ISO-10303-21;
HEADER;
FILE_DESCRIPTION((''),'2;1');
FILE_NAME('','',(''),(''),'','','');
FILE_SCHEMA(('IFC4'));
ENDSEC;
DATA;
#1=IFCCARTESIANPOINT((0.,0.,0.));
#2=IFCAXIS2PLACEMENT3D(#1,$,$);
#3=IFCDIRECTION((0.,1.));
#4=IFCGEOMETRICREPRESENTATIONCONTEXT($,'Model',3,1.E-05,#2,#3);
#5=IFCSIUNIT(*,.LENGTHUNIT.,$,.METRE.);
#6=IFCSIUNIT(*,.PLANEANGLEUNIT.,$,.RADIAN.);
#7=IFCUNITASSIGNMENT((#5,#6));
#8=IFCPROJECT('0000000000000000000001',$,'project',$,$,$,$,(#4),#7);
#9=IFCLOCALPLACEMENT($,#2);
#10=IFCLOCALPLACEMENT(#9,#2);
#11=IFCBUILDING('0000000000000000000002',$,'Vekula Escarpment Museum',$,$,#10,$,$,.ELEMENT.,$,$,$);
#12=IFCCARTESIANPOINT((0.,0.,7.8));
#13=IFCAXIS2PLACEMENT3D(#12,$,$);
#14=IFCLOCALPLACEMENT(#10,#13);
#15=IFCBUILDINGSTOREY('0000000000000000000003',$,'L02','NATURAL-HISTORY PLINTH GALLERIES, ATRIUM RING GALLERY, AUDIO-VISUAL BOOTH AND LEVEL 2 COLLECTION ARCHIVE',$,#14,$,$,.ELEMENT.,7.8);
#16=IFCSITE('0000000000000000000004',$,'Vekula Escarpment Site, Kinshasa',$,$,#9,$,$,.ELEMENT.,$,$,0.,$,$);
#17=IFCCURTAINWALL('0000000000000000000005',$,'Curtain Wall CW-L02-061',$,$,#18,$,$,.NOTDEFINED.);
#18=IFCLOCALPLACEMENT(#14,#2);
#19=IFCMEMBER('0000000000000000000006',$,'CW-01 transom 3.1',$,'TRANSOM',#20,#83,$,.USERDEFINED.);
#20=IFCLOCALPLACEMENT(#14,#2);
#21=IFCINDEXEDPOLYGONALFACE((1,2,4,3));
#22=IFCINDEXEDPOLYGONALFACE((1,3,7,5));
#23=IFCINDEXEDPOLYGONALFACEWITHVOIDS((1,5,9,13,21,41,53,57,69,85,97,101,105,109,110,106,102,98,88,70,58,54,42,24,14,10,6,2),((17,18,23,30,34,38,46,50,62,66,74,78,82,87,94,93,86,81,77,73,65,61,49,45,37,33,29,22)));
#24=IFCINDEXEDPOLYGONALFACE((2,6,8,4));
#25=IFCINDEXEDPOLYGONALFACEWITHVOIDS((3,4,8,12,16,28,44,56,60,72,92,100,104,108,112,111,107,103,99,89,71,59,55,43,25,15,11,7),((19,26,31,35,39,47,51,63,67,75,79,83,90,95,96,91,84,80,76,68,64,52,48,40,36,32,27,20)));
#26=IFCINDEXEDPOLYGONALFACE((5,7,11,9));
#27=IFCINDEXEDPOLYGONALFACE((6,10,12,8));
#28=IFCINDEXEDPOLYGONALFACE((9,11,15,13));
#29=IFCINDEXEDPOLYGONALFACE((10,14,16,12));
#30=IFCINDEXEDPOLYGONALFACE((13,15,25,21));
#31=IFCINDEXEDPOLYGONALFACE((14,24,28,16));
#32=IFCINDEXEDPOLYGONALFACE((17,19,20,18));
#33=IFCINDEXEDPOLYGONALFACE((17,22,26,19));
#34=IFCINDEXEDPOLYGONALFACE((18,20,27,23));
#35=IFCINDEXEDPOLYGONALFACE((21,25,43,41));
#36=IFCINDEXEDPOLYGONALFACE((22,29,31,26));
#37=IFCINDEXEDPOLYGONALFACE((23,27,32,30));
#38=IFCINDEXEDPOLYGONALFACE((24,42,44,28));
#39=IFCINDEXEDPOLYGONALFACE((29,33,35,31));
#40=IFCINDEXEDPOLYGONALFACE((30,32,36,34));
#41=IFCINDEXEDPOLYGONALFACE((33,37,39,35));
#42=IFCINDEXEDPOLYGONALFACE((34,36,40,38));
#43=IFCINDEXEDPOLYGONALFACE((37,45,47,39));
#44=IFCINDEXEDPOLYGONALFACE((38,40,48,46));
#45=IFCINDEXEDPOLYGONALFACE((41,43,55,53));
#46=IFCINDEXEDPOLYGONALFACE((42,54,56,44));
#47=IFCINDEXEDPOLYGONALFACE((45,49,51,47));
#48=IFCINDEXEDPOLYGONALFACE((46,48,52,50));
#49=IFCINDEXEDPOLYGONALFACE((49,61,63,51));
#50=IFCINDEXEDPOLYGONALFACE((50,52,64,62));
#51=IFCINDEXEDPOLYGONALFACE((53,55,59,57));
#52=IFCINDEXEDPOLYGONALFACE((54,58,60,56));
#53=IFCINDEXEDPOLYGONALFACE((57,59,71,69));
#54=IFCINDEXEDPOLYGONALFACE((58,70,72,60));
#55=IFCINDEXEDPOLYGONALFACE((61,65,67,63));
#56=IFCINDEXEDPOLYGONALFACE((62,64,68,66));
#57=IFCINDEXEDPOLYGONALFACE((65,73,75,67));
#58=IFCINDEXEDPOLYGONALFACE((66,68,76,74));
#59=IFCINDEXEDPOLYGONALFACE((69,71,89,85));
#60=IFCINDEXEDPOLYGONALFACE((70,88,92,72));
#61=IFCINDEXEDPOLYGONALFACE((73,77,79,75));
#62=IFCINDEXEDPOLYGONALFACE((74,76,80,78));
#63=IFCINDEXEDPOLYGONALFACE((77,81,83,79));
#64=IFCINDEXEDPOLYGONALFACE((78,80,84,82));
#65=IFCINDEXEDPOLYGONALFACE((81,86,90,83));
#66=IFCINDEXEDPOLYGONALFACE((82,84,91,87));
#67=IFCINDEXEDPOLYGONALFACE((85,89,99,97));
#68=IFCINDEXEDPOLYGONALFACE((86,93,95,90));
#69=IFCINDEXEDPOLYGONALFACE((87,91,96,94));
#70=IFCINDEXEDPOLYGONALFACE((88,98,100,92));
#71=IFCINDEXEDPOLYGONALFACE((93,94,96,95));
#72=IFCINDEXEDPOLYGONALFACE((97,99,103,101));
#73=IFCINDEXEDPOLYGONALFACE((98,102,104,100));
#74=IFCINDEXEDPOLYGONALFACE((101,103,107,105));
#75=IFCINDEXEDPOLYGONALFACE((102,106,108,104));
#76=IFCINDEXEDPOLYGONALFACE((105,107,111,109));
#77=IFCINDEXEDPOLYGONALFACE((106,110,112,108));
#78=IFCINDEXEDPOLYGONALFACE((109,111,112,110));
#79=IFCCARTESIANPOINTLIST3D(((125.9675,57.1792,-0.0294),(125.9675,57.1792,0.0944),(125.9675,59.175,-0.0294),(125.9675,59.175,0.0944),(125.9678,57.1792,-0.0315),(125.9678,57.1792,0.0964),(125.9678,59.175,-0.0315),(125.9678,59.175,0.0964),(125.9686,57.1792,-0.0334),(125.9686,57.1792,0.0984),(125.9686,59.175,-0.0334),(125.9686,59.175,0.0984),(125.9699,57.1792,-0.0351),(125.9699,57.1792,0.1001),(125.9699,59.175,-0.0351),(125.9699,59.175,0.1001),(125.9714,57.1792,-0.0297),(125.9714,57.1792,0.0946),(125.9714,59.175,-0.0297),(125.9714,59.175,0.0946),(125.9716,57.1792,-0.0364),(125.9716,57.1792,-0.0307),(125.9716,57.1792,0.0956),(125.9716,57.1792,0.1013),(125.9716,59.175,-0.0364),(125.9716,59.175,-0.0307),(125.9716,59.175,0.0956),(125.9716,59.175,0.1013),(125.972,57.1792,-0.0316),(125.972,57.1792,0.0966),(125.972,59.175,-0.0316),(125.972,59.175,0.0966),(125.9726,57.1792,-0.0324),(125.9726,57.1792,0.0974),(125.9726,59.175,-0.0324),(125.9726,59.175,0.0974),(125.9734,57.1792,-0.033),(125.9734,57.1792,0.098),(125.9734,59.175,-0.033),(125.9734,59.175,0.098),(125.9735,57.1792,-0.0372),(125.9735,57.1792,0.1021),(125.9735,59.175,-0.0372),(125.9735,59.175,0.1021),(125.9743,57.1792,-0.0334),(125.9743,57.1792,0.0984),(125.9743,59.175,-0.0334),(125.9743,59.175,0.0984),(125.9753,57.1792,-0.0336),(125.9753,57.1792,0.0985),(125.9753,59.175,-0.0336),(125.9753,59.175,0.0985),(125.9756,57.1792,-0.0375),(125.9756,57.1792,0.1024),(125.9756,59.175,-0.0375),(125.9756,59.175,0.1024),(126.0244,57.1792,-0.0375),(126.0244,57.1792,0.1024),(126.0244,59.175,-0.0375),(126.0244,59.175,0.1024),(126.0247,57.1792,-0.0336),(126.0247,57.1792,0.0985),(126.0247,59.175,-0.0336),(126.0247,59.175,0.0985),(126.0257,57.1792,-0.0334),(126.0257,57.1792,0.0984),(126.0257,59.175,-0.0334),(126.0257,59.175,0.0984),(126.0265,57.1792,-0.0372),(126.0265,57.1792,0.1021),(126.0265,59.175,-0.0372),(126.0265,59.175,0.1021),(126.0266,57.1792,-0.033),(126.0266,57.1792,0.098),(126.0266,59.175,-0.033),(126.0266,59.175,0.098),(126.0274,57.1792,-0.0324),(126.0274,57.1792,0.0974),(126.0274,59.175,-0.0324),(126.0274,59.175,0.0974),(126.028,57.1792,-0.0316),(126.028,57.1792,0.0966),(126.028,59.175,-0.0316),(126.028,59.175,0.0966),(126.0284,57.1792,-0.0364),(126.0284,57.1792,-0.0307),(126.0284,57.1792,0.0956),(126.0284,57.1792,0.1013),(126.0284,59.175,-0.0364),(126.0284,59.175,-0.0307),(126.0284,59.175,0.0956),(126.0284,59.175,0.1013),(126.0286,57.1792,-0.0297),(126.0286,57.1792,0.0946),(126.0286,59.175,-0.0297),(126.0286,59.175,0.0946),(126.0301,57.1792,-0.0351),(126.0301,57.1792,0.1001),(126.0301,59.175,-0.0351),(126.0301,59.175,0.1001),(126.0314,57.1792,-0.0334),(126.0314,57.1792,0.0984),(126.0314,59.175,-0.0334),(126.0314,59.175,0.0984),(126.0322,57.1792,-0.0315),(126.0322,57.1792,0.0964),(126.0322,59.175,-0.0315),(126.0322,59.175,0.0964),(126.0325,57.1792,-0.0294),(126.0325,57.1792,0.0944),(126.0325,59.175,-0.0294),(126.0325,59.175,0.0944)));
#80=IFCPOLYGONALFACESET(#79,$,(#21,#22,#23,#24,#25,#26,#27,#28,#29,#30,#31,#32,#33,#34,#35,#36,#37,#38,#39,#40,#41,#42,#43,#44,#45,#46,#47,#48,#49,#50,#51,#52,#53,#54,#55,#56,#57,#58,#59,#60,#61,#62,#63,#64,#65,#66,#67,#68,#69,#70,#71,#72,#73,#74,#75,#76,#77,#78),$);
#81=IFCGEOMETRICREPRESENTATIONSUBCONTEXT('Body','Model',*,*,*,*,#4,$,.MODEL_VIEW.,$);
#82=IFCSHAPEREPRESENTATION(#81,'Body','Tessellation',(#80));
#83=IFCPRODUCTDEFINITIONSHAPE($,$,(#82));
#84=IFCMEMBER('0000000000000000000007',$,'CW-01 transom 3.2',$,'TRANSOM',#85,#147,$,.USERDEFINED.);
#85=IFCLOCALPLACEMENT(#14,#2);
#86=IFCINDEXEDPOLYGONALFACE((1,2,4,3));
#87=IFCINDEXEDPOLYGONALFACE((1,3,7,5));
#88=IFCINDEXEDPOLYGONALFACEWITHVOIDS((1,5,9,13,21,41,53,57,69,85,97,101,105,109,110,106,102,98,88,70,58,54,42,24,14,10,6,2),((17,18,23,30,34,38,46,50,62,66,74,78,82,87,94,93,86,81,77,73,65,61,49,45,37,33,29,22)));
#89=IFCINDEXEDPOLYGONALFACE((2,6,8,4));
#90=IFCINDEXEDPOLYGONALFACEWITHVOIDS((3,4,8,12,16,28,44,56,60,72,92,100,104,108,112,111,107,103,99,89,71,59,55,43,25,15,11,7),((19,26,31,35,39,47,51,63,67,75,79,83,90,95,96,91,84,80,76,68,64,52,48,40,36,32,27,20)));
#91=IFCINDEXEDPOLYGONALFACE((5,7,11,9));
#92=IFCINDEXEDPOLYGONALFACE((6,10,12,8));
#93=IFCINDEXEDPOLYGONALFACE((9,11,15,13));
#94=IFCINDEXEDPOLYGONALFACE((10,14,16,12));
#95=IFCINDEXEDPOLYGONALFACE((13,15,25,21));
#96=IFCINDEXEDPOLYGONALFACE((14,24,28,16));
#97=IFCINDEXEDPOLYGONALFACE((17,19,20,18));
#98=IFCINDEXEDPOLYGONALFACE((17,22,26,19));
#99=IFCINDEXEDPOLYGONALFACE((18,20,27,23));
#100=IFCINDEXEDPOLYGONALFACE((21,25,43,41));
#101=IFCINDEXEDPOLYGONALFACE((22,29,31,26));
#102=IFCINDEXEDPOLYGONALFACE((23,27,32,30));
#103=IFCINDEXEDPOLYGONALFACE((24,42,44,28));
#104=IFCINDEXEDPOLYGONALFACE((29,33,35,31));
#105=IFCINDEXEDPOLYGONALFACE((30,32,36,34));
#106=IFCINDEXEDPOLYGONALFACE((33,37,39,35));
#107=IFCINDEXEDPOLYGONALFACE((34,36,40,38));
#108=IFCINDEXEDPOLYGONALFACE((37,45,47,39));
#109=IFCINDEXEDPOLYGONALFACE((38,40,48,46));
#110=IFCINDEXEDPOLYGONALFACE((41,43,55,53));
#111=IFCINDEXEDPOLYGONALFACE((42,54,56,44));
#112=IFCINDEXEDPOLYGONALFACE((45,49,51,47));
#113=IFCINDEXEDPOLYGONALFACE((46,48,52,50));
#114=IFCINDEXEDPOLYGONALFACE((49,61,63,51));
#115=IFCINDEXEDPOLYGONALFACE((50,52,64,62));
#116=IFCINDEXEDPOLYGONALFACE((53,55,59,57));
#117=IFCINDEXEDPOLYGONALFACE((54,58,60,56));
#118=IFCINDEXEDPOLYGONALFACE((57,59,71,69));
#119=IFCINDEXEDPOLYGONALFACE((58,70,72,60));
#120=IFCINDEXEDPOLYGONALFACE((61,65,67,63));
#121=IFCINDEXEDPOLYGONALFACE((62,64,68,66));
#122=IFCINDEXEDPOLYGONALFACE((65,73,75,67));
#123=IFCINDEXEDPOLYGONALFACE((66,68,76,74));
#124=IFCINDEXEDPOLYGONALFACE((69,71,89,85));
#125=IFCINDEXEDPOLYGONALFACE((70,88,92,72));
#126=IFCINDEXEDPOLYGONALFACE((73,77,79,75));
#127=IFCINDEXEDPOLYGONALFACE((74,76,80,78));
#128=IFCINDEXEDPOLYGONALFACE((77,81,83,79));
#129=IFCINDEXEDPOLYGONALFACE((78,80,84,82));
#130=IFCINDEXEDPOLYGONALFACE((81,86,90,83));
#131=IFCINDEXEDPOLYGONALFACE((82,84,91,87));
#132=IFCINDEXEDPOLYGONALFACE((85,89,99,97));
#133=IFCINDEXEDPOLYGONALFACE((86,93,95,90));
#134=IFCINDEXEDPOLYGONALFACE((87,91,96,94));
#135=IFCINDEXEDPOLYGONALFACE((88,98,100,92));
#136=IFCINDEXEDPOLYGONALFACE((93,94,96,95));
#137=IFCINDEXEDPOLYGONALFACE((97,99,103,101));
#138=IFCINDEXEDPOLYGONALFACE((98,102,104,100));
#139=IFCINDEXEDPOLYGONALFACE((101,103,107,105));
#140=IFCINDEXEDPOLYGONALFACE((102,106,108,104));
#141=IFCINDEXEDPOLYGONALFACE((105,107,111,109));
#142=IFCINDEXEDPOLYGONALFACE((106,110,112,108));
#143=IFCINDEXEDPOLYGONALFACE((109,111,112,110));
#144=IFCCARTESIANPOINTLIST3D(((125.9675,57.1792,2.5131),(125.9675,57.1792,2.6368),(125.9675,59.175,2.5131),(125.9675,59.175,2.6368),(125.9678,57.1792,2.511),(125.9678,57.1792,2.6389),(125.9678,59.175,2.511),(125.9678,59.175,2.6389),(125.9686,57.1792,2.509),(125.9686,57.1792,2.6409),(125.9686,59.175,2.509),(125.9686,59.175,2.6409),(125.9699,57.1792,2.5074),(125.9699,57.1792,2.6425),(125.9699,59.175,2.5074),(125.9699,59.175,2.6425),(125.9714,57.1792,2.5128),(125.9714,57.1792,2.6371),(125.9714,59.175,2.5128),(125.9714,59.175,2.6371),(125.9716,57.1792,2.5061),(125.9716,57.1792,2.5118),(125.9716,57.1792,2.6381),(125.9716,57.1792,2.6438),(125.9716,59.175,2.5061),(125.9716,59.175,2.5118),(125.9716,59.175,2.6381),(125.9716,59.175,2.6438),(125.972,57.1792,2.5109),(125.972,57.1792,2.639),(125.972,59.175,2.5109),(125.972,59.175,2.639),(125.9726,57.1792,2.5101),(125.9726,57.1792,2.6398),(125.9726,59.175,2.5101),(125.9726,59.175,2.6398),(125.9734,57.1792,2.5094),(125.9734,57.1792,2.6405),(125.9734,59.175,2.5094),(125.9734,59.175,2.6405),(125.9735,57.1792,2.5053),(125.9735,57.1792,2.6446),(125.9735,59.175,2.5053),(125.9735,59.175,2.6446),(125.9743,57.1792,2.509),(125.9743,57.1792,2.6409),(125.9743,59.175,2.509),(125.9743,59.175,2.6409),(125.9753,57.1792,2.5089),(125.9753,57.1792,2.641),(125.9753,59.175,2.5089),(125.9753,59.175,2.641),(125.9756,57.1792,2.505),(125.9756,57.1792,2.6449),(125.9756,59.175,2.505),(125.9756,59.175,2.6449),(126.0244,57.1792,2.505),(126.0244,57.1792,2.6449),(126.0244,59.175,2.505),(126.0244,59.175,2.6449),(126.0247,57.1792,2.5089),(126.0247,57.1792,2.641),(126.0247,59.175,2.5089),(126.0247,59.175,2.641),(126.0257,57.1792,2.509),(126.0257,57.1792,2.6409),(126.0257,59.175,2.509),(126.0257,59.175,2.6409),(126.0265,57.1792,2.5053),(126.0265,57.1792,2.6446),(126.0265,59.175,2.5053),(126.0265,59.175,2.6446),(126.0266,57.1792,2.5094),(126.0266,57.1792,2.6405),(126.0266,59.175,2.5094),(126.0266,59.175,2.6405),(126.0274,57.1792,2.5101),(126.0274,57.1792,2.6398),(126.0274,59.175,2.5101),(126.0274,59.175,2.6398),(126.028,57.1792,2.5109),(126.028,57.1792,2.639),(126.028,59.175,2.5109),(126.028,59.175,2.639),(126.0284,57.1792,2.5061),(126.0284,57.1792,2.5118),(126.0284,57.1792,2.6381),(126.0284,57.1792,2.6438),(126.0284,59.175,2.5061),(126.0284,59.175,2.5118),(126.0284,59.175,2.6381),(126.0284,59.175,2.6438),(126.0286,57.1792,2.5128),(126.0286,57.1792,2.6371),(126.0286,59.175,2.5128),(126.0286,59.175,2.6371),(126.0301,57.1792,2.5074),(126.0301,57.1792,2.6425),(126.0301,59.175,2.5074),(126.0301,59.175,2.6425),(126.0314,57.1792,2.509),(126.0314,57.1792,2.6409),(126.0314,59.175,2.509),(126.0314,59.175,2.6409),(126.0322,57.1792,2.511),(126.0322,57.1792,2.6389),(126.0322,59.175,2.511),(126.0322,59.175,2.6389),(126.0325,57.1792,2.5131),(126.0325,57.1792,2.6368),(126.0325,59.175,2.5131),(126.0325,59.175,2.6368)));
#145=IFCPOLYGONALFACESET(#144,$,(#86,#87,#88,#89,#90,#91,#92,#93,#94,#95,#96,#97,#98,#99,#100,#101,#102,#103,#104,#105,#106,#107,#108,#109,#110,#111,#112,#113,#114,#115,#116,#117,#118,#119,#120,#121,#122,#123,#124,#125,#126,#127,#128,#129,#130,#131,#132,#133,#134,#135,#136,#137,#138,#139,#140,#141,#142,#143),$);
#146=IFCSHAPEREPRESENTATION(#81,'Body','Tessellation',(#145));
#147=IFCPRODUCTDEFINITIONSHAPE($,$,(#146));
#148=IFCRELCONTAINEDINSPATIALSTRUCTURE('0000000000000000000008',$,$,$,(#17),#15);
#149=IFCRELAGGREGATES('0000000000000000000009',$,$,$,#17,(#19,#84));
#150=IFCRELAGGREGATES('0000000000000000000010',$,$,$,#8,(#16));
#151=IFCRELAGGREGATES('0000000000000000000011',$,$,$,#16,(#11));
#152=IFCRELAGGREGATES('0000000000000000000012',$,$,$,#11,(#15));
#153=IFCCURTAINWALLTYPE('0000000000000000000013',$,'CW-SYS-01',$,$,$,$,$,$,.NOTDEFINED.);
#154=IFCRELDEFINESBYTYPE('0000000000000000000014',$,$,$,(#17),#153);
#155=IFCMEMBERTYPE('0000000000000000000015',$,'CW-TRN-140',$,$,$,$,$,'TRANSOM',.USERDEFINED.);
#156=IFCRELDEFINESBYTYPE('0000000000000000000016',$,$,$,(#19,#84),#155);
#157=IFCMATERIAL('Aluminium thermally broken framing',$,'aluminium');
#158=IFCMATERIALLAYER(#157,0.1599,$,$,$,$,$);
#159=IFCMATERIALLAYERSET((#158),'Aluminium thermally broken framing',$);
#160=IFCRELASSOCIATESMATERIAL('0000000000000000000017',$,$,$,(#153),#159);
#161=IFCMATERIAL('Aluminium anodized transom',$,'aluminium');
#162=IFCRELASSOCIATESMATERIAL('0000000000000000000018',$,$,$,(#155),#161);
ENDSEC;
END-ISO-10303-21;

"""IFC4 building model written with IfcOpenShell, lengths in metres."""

from ifc_helpers import new_model, si_unit, direction, frame, origin, origin_2d, place, context, subcontext, project, spatial, hollow_rectangle, extrude, material, layer, layer_set, material_profile, profile_set, type_object, element, aggregate, save


model = new_model("IFC4")

# Units and contexts
model_context = context("Model", 3, precision=1e-05, world=origin(), true_north=direction((0.0, 1.0)))
body_context = subcontext(model_context, "Body", "Model", "MODEL_VIEW")
ifc_project = project(units=[si_unit("LENGTHUNIT", "METRE"), si_unit("PLANEANGLEUNIT", "RADIAN")], contexts=[model_context])

# Site, building, storey
site_placement = place(None, origin())
site = spatial("IfcSite", under=ifc_project, at=site_placement, Name="Vekula Escarpment Site, Kinshasa", CompositionType="ELEMENT", RefElevation=0.0)
building_placement = place(site_placement, origin())
building = spatial("IfcBuilding", under=site, at=building_placement, Name="Vekula Escarpment Museum", CompositionType="ELEMENT")
storey_placement = place(building_placement, frame((0.0, 0.0, 7.8)))
storey = spatial("IfcBuildingStorey", under=building, at=storey_placement, Name="L02", Description="NATURAL-HISTORY PLINTH GALLERIES, ATRIUM RING GALLERY, AUDIO-VISUAL BOOTH AND LEVEL 2 COLLECTION ARCHIVE", CompositionType="ELEMENT", Elevation=7.8)

# Curtain wall
ifc_material_1 = material(Name="Aluminium thermally broken framing", Category="aluminium")
ifc_layer_1 = layer(ifc_material_1, 0.1599)
ifc_layer_set_1 = layer_set([ifc_layer_1], Name="Aluminium thermally broken framing")
curtain_wall_type_1 = type_object("IfcCurtainWallType", Name="CW-SYS-01", PredefinedType="NOTDEFINED", material=ifc_layer_set_1)
curtain_wall_1_placement = place(storey_placement, origin())
curtain_wall_1 = element("IfcCurtainWall", 1, at=curtain_wall_1_placement, inside=storey, type_object=curtain_wall_type_1, Name="Curtain Wall CW-L02-061", PredefinedType="NOTDEFINED")

# Members
ifc_material_2 = material(Name="Aluminium anodized transom", Category="aluminium")
ifc_material_profile_1 = material_profile(ifc_material_2, hollow_rectangle(XDim=0.0649, YDim=0.1399, WallThickness=0.0039, InnerFilletRadius=0.0039, OuterFilletRadius=0.0081, at=origin_2d()), Name="ALU 140x65x4")
ifc_profile_set_1 = profile_set([ifc_material_profile_1], Name="Aluminium anodized transom")
member_type_1 = type_object("IfcMemberType", Name="CW-TRN-140", ElementType="TRANSOM", PredefinedType="USERDEFINED", material=ifc_profile_set_1)
member_1_placement = place(storey_placement, frame((126.0, 57.1792, 0.0325), z_axis=(0.0, 1.0, 0.0), x_axis=(-1.0, 0.0, 0.0)))
member_1 = element("IfcMember", 2, at=member_1_placement, type_object=member_type_1, Name="CW-01 transom 3.1", ObjectType="TRANSOM", PredefinedType="USERDEFINED", context=body_context, shape_type="SweptSolid", body=[
    extrude(hollow_rectangle(XDim=0.0649, YDim=0.1399, WallThickness=0.0039, InnerFilletRadius=0.0039, OuterFilletRadius=0.0081, at=origin_2d()), origin(), (0.0, 0.0, 1.0), 1.9958),
])
member_2_placement = place(storey_placement, frame((126.0, 57.1792, 2.575), z_axis=(0.0, 1.0, 0.0), x_axis=(-1.0, 0.0, 0.0)))
member_2 = element("IfcMember", 3, at=member_2_placement, type_object=member_type_1, Name="CW-01 transom 3.2", ObjectType="TRANSOM", PredefinedType="USERDEFINED", context=body_context, shape_type="SweptSolid", body=[
    extrude(hollow_rectangle(XDim=0.0649, YDim=0.1399, WallThickness=0.0039, InnerFilletRadius=0.0039, OuterFilletRadius=0.0081, at=origin_2d()), origin(), (0.0, 0.0, 1.0), 1.9958),
])

aggregate(curtain_wall_1, [member_1, member_2])

save(model, "model.ifc")
